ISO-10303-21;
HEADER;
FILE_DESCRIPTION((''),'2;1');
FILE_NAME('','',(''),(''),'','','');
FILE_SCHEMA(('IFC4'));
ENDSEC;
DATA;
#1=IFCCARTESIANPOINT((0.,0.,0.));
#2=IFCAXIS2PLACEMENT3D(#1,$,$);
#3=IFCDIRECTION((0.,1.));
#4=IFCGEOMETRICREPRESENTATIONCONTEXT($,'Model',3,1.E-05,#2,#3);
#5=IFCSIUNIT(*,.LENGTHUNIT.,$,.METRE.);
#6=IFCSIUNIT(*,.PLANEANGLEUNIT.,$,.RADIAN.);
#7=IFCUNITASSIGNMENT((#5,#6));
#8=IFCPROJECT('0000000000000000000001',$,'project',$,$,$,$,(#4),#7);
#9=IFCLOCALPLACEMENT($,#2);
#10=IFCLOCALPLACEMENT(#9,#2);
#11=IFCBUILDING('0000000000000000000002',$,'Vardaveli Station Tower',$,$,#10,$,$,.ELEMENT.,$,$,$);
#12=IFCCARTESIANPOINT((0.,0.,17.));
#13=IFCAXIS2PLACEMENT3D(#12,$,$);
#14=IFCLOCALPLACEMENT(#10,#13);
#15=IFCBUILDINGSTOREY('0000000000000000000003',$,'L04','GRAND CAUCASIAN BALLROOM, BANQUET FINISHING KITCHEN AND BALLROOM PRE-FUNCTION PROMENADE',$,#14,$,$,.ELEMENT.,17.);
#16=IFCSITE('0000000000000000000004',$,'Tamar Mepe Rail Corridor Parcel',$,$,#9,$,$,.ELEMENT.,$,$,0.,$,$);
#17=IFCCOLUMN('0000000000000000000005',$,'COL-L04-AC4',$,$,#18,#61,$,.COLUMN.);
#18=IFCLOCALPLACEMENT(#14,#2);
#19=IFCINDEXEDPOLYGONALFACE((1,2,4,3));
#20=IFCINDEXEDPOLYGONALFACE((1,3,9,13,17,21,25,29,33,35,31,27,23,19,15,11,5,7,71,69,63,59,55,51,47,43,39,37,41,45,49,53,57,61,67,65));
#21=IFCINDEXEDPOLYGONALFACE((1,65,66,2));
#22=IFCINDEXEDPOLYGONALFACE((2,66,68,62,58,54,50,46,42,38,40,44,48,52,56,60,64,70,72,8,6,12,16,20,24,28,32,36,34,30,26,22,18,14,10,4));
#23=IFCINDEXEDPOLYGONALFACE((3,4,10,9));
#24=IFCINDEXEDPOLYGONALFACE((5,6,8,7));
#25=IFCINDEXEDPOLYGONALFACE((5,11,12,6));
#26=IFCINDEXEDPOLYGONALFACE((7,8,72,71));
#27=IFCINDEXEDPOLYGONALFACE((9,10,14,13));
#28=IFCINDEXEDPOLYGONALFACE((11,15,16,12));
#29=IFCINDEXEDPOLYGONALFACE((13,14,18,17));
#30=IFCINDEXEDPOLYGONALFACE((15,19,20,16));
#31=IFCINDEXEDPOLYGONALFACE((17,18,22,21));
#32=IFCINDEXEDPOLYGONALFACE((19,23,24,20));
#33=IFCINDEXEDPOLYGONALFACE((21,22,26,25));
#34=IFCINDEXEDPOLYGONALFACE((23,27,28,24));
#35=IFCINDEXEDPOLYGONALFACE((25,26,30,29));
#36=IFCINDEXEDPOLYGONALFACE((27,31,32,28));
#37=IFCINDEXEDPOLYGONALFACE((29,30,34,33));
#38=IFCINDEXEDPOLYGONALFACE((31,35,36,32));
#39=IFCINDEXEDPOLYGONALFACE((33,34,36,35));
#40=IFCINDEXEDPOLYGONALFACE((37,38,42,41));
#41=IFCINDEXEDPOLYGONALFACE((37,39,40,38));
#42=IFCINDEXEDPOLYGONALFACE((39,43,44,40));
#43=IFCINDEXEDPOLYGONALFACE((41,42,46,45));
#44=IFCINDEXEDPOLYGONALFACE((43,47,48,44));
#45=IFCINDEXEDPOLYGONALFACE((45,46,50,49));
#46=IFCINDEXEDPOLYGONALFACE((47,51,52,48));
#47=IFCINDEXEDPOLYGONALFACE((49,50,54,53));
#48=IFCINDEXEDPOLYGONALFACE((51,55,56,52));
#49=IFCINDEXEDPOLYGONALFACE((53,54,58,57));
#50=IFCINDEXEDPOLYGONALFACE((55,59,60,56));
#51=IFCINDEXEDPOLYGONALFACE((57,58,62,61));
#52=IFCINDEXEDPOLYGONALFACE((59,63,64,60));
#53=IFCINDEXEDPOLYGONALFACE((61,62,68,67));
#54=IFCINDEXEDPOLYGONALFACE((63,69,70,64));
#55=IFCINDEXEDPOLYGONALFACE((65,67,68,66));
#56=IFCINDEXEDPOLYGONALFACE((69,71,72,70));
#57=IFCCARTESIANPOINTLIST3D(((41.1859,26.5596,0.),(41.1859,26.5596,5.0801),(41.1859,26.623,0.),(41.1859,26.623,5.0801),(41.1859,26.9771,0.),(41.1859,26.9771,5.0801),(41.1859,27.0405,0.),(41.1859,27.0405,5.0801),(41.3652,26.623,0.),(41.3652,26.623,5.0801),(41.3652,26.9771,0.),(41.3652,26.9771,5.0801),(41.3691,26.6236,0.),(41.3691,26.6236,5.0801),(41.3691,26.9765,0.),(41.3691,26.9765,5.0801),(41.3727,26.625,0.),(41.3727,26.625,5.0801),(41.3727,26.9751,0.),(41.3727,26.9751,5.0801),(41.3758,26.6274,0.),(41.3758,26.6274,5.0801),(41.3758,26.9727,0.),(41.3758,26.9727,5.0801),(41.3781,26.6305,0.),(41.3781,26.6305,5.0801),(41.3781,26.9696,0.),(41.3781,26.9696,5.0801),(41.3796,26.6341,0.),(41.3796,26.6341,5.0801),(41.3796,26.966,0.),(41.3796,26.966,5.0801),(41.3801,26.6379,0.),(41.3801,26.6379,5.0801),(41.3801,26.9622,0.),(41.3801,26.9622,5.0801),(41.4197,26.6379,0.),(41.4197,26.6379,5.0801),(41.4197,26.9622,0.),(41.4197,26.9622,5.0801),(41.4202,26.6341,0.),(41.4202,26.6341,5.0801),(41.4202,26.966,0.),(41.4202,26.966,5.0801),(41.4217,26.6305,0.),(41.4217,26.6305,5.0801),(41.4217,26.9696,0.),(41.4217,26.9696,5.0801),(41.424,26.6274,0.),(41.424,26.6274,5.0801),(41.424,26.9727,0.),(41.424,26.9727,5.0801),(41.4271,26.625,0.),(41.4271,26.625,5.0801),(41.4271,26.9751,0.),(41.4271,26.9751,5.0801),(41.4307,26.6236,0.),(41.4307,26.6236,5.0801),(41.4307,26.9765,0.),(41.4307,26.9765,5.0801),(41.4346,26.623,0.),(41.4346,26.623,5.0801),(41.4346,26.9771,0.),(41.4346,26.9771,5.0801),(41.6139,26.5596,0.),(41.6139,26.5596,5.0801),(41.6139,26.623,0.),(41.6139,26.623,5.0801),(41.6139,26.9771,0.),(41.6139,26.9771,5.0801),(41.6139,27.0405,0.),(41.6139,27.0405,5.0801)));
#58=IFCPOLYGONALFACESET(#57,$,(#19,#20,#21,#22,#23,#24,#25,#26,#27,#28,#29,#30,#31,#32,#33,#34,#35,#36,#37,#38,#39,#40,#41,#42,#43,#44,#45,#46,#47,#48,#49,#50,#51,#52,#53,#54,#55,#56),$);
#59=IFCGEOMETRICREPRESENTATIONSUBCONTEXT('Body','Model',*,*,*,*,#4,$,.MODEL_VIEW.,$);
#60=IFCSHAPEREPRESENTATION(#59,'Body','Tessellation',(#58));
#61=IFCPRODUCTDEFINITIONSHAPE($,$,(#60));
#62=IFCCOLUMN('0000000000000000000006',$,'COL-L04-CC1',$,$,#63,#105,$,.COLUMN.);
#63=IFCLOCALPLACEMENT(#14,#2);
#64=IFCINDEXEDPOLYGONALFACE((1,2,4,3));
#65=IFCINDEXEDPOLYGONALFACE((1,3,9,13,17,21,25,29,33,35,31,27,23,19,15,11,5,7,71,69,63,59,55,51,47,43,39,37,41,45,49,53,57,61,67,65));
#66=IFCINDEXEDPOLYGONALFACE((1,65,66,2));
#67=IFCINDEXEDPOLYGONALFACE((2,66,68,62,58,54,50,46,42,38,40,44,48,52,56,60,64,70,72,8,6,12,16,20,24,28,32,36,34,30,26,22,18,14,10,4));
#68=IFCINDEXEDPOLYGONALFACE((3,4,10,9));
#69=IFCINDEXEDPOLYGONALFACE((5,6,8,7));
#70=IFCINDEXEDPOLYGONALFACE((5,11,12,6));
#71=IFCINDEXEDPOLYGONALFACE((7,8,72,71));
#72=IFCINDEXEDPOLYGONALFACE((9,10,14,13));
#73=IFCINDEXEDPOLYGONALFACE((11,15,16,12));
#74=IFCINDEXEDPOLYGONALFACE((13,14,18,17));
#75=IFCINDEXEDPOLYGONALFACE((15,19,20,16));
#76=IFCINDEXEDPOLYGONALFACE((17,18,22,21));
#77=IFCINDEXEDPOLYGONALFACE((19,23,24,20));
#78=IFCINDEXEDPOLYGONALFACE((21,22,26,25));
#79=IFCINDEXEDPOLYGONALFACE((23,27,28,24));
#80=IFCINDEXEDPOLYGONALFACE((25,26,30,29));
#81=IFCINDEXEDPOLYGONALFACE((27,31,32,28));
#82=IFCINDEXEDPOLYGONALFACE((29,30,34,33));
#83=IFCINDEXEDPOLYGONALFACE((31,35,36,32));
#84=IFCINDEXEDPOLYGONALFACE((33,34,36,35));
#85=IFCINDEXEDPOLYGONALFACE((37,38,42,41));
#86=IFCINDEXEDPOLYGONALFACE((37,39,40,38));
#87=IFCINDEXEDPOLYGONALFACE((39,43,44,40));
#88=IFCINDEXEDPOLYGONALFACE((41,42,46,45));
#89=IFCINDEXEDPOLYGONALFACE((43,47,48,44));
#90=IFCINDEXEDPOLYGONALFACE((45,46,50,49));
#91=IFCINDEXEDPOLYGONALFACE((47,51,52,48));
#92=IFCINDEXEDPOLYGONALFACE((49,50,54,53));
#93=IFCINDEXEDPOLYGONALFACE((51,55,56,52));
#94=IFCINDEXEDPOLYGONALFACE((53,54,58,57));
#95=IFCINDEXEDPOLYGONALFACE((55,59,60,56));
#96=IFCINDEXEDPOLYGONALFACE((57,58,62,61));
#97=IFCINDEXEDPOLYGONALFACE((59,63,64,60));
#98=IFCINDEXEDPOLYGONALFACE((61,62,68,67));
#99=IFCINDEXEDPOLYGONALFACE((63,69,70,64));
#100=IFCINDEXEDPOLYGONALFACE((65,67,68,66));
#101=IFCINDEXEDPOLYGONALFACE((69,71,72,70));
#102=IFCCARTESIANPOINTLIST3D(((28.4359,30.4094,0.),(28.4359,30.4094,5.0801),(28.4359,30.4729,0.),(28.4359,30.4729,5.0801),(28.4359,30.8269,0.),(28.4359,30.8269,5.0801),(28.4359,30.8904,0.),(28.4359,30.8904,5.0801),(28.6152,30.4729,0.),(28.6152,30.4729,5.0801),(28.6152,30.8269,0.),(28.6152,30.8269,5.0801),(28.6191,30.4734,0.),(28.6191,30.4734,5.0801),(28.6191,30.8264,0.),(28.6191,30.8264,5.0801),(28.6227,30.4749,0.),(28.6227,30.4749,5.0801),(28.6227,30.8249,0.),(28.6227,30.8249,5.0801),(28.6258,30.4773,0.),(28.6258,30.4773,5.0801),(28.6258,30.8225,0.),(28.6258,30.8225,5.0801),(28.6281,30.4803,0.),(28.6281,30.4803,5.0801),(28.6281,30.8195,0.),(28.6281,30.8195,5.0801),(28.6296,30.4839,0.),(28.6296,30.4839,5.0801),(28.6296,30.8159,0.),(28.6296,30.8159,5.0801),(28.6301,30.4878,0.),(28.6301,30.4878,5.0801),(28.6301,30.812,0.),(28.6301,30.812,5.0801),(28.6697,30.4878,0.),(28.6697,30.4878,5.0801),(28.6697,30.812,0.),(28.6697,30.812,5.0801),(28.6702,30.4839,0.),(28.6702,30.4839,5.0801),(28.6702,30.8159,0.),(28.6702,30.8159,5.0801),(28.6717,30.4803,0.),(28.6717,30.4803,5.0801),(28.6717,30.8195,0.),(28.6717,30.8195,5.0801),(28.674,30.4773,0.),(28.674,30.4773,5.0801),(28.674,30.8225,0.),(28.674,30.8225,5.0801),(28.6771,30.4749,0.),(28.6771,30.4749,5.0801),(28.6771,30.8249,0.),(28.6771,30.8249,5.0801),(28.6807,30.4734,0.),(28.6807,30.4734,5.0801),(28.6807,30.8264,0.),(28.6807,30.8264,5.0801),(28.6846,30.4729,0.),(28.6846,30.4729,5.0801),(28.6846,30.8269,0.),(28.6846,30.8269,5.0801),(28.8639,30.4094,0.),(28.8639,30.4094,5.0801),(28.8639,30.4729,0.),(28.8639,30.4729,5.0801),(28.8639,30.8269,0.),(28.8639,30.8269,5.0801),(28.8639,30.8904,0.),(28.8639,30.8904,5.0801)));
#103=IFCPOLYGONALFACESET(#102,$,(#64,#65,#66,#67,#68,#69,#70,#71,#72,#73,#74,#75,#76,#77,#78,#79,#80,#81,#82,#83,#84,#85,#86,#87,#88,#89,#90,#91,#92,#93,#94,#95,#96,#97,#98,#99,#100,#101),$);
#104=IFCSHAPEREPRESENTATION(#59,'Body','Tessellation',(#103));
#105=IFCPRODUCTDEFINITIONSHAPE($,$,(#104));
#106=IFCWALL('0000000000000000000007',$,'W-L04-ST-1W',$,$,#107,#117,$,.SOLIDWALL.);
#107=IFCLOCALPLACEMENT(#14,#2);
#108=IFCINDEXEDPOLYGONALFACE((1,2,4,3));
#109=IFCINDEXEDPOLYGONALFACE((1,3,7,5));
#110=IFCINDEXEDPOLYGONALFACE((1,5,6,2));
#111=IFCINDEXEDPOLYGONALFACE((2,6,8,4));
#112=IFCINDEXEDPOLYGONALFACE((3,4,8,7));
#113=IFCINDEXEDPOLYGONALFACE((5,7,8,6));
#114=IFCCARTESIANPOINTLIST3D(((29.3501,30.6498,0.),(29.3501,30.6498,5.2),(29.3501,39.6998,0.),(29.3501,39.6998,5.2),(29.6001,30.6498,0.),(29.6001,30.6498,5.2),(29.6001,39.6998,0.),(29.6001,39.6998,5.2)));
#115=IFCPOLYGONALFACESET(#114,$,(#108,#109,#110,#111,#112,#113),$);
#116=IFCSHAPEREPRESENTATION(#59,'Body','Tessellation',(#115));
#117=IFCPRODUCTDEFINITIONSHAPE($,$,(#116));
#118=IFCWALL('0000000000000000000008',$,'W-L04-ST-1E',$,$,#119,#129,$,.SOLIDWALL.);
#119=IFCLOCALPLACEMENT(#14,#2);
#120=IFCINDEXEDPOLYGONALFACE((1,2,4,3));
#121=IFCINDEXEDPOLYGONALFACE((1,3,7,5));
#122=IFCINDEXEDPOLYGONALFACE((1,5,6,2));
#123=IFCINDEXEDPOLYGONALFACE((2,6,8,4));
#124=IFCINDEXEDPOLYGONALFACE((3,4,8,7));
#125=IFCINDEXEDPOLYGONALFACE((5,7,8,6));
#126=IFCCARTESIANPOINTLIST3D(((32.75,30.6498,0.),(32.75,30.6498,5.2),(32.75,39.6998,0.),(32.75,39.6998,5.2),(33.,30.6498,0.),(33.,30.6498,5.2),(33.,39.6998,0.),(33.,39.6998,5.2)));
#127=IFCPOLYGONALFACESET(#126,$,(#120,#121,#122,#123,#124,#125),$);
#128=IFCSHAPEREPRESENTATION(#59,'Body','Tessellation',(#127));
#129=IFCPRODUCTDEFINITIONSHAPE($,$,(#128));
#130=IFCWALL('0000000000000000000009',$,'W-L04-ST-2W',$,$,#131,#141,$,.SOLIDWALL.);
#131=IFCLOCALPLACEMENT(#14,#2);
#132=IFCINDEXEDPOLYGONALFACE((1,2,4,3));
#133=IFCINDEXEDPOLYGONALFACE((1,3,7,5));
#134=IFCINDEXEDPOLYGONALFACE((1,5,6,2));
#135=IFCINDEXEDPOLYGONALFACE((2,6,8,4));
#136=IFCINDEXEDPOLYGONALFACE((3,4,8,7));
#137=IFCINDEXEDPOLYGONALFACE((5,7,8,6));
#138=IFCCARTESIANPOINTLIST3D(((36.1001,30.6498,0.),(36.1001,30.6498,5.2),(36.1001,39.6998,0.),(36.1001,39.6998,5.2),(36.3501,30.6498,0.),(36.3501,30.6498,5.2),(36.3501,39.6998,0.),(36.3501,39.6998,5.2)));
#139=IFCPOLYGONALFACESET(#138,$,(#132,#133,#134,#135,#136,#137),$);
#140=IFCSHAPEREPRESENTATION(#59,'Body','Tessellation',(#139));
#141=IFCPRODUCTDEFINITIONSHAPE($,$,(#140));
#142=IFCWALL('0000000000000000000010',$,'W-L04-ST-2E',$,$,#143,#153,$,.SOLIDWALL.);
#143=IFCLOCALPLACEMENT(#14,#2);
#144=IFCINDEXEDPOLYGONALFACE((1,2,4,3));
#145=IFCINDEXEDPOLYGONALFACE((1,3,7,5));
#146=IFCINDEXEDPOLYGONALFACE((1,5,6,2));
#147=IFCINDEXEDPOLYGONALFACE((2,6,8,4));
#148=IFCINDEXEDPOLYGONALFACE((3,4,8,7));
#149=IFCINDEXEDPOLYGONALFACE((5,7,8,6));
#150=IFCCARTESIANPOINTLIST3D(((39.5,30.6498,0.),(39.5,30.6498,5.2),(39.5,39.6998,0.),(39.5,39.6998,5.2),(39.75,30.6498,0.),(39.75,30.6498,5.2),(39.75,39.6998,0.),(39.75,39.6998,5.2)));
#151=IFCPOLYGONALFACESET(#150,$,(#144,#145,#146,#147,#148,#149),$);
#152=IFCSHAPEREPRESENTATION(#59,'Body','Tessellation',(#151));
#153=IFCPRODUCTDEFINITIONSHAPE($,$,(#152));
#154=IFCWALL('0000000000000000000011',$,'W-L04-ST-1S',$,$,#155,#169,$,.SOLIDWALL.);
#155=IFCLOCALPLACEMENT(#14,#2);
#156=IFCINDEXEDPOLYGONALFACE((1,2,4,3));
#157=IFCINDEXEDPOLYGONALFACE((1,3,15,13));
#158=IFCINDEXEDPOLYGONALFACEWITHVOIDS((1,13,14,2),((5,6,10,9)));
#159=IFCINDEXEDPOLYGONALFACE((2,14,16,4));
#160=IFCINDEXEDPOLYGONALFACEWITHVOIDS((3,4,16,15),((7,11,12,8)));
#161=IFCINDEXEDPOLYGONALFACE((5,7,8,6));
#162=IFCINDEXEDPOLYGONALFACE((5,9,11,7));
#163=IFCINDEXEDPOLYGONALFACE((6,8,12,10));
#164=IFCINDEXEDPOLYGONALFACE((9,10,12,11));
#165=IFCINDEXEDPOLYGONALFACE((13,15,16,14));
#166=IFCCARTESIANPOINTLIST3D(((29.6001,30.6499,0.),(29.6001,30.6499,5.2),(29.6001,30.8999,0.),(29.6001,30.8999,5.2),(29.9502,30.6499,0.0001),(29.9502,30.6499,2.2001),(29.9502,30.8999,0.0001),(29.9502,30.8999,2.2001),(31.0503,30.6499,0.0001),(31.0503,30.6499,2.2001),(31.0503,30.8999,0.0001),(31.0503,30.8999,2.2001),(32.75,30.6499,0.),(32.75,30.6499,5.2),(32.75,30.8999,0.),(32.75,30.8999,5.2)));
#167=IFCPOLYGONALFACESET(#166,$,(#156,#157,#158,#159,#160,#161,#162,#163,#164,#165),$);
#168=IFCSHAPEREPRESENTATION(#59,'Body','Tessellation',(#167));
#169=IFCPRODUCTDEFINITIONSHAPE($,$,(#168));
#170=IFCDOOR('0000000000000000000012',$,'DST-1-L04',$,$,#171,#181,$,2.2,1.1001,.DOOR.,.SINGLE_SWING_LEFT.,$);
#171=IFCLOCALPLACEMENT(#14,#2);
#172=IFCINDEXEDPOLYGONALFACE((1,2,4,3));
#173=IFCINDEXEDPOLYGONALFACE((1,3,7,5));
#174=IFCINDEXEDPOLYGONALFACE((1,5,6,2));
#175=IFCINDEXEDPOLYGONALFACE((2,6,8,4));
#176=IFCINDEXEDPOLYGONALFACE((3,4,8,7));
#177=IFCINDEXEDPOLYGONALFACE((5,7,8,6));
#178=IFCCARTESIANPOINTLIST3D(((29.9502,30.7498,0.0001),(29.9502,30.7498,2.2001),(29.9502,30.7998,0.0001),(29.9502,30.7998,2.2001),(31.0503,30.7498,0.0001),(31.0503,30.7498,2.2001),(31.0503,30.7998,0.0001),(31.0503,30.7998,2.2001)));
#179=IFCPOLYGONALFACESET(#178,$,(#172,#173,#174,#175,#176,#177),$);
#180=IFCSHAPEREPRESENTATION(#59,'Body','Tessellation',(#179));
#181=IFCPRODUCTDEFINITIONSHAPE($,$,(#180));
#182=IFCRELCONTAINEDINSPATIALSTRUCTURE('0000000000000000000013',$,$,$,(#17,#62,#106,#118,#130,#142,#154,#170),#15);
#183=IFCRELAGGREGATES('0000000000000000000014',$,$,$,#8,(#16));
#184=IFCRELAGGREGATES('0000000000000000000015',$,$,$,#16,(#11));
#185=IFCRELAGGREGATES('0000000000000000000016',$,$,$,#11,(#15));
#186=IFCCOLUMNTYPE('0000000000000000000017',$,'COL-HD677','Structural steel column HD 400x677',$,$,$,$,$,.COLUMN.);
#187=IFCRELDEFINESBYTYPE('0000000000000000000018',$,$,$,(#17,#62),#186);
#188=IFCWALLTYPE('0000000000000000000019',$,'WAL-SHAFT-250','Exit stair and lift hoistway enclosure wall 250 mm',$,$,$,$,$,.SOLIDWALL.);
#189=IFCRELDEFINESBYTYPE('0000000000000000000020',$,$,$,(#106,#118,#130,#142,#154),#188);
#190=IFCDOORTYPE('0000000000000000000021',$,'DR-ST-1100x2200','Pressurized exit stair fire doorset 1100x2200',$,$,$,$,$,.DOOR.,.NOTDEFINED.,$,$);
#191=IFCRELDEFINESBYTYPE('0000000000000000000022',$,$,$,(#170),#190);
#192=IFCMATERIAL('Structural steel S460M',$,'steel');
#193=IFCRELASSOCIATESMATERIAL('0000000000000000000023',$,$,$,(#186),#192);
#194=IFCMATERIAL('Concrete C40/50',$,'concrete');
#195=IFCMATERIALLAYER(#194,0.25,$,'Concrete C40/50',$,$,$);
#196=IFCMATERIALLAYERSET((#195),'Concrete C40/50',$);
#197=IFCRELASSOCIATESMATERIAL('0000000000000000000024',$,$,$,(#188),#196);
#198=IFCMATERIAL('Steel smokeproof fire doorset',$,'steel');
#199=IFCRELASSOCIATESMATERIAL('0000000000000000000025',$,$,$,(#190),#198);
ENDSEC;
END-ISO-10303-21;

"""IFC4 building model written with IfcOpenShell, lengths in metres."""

from ifc_helpers import new_model, si_unit, direction, frame, frame_2d, origin, origin_2d, place, context, subcontext, project, spatial, rectangle, i_section, extrude, source, transform, mapped, material, layer, layer_set, material_profile, profile_set, type_object, element, fill, save


model = new_model("IFC4")

# Units and contexts
model_context = context("Model", 3, precision=1e-05, world=origin(), true_north=direction((0.0, 1.0)))
body_context = subcontext(model_context, "Body", "Model", "MODEL_VIEW")
ifc_project = project(units=[si_unit("LENGTHUNIT", "METRE"), si_unit("PLANEANGLEUNIT", "RADIAN")], contexts=[model_context])

# Site, building, storey
site_placement = place(None, origin())
site = spatial("IfcSite", under=ifc_project, at=site_placement, Name="Tamar Mepe Rail Corridor Parcel", CompositionType="ELEMENT", RefElevation=0.0)
building_placement = place(site_placement, origin())
building = spatial("IfcBuilding", under=site, at=building_placement, Name="Vardaveli Station Tower", CompositionType="ELEMENT")
storey_placement = place(building_placement, frame((0.0, 0.0, 17.0)))
storey = spatial("IfcBuildingStorey", under=building, at=storey_placement, Name="L04", Description="GRAND CAUCASIAN BALLROOM, BANQUET FINISHING KITCHEN AND BALLROOM PRE-FUNCTION PROMENADE", CompositionType="ELEMENT", Elevation=17.0)

# Columns
ifc_material_1 = material(Name="Structural steel S460M", Category="steel")
ifc_material_profile = material_profile(ifc_material_1, i_section(OverallWidth=0.428, OverallDepth=0.481, WebThickness=0.0396, FlangeThickness=0.0635, FilletRadius=0.0149, at=origin_2d()), Name="HD 400x677")
ifc_profile_set = profile_set([ifc_material_profile], Name="Structural steel S460M")
column_type = type_object("IfcColumnType", Name="COL-HD677", Description="Structural steel column HD 400x677", PredefinedType="COLUMN", material=ifc_profile_set)
shared_shape_1 = source(origin(), body_context, "Body", "SweptSolid", [
    extrude(i_section(OverallWidth=0.428, OverallDepth=0.481, WebThickness=0.0396, FlangeThickness=0.0635, FilletRadius=0.0149, at=origin_2d()), origin(), (0.0, 0.0, 1.0), 5.0801),
])
for number, where, z_axis, x_axis, name in (
    (1, (41.3999, 26.8, 0.0), (0.0, 0.0, 1.0), (1.0, 0.0, 0.0), "COL-L04-AC4"),
    (2, (28.6499, 30.6499, 0.0), (0.0, 0.0, 1.0), (1.0, 0.0, 0.0), "COL-L04-CC1"),
):
    element("IfcColumn", number, at=place(storey_placement, frame(where, z_axis=z_axis, x_axis=x_axis)), inside=storey, type_object=column_type, Name=name, PredefinedType="COLUMN", context=body_context, shape_type="MappedRepresentation", body=[
        mapped(shared_shape_1, transform((0.0, 0.0, 0.0), scale=1.0)),
    ])

# Walls
ifc_material_2 = material(Name="Concrete C40/50", Category="concrete")
ifc_layer_1 = layer(ifc_material_2, 0.25, Name="Concrete C40/50")
ifc_layer_set_1 = layer_set([ifc_layer_1], Name="Concrete C40/50")
wall_type_1 = type_object("IfcWallType", Name="WAL-SHAFT-250", Description="Exit stair and lift hoistway enclosure wall 250 mm", PredefinedType="SOLIDWALL", material=ifc_layer_set_1)
shared_shape_2 = source(origin(), body_context, "Body", "SweptSolid", [
    extrude(rectangle(XDim=9.05, YDim=0.25, at=frame_2d((4.5249, 0.0))), origin(), (0.0, 0.0, 1.0), 5.2),
])
for number, where, z_axis, x_axis, name in (
    (3, (29.4751, 30.6499, 0.0), (0.0, 0.0, 1.0), (0.0, 1.0, 0.0), "W-L04-ST-1W"),
    (4, (32.875, 30.6499, 0.0), (0.0, 0.0, 1.0), (0.0, 1.0, 0.0), "W-L04-ST-1E"),
    (5, (36.2251, 30.6499, 0.0), (0.0, 0.0, 1.0), (0.0, 1.0, 0.0), "W-L04-ST-2W"),
    (6, (39.625, 30.6499, 0.0), (0.0, 0.0, 1.0), (0.0, 1.0, 0.0), "W-L04-ST-2E"),
):
    element("IfcWall", number, at=place(storey_placement, frame(where, z_axis=z_axis, x_axis=x_axis)), inside=storey, type_object=wall_type_1, Name=name, PredefinedType="SOLIDWALL", context=body_context, shape_type="MappedRepresentation", body=[
        mapped(shared_shape_2, transform((0.0, 0.0, 0.0), scale=1.0)),
    ])

# Wall, opening, door
shared_shape_3 = source(origin(), body_context, "Body", "SweptSolid", [
    extrude(rectangle(XDim=3.1499, YDim=0.25, at=frame_2d((1.575, 0.0))), origin(), (0.0, 0.0, 1.0), 5.2),
])
wall_1_placement = place(storey_placement, frame((29.6001, 30.7749, 0.0), z_axis=(0.0, 0.0, 1.0), x_axis=(1.0, 0.0, 0.0)))
wall_1 = element("IfcWall", 7, at=wall_1_placement, inside=storey, type_object=wall_type_1, Name="W-L04-ST-1S", PredefinedType="SOLIDWALL", context=body_context, shape_type="MappedRepresentation", body=[
    mapped(shared_shape_3, transform((0.0, 0.0, 0.0), scale=1.0)),
])
shared_shape_4 = source(origin(), body_context, "Body", "SweptSolid", [
    extrude(rectangle(XDim=1.1001, YDim=2.2, at=frame_2d((0.55, 1.1001))), frame((0.0, 0.135, 0.0), z_axis=(0.0, -1.0, 0.0), x_axis=(1.0, 0.0, 0.0)), (0.0, 0.0, 1.0), 0.27),
])
opening_1_placement = place(wall_1_placement, frame((0.3501, 0.0, 0.0)))
opening_1 = element("IfcOpeningElement", 8, at=opening_1_placement, cuts=wall_1, PredefinedType="OPENING", context=body_context, shape_type="MappedRepresentation", body=[
    mapped(shared_shape_4, transform((0.0, 0.0, 0.0), scale=1.0)),
])
ifc_material_3 = material(Name="Steel smokeproof fire doorset", Category="steel")
door_type_1 = type_object("IfcDoorType", Name="DR-ST-1100x2200", Description="Pressurized exit stair fire doorset 1100x2200", OperationType="NOTDEFINED", PredefinedType="DOOR", material=ifc_material_3)
shared_shape_5 = source(origin(), body_context, "Body", "SweptSolid", [
    extrude(rectangle(XDim=1.1001, YDim=2.2, at=frame_2d((0.55, 1.1001))), frame((0.0, 0.0249, 0.0), z_axis=(0.0, -1.0, 0.0), x_axis=(1.0, 0.0, 0.0)), (0.0, 0.0, 1.0), 0.05),
])
door_1_placement = place(opening_1_placement, origin())
door_1 = element("IfcDoor", 9, at=door_1_placement, inside=storey, type_object=door_type_1, Name="DST-1-L04", OperationType="SINGLE_SWING_LEFT", OverallHeight=2.2, OverallWidth=1.1001, PredefinedType="DOOR", context=body_context, shape_type="MappedRepresentation", body=[
    mapped(shared_shape_5, transform((0.0, 0.0, 0.0), scale=1.0)),
])
fill(opening_1, door_1)

save(model, "model.ifc")
